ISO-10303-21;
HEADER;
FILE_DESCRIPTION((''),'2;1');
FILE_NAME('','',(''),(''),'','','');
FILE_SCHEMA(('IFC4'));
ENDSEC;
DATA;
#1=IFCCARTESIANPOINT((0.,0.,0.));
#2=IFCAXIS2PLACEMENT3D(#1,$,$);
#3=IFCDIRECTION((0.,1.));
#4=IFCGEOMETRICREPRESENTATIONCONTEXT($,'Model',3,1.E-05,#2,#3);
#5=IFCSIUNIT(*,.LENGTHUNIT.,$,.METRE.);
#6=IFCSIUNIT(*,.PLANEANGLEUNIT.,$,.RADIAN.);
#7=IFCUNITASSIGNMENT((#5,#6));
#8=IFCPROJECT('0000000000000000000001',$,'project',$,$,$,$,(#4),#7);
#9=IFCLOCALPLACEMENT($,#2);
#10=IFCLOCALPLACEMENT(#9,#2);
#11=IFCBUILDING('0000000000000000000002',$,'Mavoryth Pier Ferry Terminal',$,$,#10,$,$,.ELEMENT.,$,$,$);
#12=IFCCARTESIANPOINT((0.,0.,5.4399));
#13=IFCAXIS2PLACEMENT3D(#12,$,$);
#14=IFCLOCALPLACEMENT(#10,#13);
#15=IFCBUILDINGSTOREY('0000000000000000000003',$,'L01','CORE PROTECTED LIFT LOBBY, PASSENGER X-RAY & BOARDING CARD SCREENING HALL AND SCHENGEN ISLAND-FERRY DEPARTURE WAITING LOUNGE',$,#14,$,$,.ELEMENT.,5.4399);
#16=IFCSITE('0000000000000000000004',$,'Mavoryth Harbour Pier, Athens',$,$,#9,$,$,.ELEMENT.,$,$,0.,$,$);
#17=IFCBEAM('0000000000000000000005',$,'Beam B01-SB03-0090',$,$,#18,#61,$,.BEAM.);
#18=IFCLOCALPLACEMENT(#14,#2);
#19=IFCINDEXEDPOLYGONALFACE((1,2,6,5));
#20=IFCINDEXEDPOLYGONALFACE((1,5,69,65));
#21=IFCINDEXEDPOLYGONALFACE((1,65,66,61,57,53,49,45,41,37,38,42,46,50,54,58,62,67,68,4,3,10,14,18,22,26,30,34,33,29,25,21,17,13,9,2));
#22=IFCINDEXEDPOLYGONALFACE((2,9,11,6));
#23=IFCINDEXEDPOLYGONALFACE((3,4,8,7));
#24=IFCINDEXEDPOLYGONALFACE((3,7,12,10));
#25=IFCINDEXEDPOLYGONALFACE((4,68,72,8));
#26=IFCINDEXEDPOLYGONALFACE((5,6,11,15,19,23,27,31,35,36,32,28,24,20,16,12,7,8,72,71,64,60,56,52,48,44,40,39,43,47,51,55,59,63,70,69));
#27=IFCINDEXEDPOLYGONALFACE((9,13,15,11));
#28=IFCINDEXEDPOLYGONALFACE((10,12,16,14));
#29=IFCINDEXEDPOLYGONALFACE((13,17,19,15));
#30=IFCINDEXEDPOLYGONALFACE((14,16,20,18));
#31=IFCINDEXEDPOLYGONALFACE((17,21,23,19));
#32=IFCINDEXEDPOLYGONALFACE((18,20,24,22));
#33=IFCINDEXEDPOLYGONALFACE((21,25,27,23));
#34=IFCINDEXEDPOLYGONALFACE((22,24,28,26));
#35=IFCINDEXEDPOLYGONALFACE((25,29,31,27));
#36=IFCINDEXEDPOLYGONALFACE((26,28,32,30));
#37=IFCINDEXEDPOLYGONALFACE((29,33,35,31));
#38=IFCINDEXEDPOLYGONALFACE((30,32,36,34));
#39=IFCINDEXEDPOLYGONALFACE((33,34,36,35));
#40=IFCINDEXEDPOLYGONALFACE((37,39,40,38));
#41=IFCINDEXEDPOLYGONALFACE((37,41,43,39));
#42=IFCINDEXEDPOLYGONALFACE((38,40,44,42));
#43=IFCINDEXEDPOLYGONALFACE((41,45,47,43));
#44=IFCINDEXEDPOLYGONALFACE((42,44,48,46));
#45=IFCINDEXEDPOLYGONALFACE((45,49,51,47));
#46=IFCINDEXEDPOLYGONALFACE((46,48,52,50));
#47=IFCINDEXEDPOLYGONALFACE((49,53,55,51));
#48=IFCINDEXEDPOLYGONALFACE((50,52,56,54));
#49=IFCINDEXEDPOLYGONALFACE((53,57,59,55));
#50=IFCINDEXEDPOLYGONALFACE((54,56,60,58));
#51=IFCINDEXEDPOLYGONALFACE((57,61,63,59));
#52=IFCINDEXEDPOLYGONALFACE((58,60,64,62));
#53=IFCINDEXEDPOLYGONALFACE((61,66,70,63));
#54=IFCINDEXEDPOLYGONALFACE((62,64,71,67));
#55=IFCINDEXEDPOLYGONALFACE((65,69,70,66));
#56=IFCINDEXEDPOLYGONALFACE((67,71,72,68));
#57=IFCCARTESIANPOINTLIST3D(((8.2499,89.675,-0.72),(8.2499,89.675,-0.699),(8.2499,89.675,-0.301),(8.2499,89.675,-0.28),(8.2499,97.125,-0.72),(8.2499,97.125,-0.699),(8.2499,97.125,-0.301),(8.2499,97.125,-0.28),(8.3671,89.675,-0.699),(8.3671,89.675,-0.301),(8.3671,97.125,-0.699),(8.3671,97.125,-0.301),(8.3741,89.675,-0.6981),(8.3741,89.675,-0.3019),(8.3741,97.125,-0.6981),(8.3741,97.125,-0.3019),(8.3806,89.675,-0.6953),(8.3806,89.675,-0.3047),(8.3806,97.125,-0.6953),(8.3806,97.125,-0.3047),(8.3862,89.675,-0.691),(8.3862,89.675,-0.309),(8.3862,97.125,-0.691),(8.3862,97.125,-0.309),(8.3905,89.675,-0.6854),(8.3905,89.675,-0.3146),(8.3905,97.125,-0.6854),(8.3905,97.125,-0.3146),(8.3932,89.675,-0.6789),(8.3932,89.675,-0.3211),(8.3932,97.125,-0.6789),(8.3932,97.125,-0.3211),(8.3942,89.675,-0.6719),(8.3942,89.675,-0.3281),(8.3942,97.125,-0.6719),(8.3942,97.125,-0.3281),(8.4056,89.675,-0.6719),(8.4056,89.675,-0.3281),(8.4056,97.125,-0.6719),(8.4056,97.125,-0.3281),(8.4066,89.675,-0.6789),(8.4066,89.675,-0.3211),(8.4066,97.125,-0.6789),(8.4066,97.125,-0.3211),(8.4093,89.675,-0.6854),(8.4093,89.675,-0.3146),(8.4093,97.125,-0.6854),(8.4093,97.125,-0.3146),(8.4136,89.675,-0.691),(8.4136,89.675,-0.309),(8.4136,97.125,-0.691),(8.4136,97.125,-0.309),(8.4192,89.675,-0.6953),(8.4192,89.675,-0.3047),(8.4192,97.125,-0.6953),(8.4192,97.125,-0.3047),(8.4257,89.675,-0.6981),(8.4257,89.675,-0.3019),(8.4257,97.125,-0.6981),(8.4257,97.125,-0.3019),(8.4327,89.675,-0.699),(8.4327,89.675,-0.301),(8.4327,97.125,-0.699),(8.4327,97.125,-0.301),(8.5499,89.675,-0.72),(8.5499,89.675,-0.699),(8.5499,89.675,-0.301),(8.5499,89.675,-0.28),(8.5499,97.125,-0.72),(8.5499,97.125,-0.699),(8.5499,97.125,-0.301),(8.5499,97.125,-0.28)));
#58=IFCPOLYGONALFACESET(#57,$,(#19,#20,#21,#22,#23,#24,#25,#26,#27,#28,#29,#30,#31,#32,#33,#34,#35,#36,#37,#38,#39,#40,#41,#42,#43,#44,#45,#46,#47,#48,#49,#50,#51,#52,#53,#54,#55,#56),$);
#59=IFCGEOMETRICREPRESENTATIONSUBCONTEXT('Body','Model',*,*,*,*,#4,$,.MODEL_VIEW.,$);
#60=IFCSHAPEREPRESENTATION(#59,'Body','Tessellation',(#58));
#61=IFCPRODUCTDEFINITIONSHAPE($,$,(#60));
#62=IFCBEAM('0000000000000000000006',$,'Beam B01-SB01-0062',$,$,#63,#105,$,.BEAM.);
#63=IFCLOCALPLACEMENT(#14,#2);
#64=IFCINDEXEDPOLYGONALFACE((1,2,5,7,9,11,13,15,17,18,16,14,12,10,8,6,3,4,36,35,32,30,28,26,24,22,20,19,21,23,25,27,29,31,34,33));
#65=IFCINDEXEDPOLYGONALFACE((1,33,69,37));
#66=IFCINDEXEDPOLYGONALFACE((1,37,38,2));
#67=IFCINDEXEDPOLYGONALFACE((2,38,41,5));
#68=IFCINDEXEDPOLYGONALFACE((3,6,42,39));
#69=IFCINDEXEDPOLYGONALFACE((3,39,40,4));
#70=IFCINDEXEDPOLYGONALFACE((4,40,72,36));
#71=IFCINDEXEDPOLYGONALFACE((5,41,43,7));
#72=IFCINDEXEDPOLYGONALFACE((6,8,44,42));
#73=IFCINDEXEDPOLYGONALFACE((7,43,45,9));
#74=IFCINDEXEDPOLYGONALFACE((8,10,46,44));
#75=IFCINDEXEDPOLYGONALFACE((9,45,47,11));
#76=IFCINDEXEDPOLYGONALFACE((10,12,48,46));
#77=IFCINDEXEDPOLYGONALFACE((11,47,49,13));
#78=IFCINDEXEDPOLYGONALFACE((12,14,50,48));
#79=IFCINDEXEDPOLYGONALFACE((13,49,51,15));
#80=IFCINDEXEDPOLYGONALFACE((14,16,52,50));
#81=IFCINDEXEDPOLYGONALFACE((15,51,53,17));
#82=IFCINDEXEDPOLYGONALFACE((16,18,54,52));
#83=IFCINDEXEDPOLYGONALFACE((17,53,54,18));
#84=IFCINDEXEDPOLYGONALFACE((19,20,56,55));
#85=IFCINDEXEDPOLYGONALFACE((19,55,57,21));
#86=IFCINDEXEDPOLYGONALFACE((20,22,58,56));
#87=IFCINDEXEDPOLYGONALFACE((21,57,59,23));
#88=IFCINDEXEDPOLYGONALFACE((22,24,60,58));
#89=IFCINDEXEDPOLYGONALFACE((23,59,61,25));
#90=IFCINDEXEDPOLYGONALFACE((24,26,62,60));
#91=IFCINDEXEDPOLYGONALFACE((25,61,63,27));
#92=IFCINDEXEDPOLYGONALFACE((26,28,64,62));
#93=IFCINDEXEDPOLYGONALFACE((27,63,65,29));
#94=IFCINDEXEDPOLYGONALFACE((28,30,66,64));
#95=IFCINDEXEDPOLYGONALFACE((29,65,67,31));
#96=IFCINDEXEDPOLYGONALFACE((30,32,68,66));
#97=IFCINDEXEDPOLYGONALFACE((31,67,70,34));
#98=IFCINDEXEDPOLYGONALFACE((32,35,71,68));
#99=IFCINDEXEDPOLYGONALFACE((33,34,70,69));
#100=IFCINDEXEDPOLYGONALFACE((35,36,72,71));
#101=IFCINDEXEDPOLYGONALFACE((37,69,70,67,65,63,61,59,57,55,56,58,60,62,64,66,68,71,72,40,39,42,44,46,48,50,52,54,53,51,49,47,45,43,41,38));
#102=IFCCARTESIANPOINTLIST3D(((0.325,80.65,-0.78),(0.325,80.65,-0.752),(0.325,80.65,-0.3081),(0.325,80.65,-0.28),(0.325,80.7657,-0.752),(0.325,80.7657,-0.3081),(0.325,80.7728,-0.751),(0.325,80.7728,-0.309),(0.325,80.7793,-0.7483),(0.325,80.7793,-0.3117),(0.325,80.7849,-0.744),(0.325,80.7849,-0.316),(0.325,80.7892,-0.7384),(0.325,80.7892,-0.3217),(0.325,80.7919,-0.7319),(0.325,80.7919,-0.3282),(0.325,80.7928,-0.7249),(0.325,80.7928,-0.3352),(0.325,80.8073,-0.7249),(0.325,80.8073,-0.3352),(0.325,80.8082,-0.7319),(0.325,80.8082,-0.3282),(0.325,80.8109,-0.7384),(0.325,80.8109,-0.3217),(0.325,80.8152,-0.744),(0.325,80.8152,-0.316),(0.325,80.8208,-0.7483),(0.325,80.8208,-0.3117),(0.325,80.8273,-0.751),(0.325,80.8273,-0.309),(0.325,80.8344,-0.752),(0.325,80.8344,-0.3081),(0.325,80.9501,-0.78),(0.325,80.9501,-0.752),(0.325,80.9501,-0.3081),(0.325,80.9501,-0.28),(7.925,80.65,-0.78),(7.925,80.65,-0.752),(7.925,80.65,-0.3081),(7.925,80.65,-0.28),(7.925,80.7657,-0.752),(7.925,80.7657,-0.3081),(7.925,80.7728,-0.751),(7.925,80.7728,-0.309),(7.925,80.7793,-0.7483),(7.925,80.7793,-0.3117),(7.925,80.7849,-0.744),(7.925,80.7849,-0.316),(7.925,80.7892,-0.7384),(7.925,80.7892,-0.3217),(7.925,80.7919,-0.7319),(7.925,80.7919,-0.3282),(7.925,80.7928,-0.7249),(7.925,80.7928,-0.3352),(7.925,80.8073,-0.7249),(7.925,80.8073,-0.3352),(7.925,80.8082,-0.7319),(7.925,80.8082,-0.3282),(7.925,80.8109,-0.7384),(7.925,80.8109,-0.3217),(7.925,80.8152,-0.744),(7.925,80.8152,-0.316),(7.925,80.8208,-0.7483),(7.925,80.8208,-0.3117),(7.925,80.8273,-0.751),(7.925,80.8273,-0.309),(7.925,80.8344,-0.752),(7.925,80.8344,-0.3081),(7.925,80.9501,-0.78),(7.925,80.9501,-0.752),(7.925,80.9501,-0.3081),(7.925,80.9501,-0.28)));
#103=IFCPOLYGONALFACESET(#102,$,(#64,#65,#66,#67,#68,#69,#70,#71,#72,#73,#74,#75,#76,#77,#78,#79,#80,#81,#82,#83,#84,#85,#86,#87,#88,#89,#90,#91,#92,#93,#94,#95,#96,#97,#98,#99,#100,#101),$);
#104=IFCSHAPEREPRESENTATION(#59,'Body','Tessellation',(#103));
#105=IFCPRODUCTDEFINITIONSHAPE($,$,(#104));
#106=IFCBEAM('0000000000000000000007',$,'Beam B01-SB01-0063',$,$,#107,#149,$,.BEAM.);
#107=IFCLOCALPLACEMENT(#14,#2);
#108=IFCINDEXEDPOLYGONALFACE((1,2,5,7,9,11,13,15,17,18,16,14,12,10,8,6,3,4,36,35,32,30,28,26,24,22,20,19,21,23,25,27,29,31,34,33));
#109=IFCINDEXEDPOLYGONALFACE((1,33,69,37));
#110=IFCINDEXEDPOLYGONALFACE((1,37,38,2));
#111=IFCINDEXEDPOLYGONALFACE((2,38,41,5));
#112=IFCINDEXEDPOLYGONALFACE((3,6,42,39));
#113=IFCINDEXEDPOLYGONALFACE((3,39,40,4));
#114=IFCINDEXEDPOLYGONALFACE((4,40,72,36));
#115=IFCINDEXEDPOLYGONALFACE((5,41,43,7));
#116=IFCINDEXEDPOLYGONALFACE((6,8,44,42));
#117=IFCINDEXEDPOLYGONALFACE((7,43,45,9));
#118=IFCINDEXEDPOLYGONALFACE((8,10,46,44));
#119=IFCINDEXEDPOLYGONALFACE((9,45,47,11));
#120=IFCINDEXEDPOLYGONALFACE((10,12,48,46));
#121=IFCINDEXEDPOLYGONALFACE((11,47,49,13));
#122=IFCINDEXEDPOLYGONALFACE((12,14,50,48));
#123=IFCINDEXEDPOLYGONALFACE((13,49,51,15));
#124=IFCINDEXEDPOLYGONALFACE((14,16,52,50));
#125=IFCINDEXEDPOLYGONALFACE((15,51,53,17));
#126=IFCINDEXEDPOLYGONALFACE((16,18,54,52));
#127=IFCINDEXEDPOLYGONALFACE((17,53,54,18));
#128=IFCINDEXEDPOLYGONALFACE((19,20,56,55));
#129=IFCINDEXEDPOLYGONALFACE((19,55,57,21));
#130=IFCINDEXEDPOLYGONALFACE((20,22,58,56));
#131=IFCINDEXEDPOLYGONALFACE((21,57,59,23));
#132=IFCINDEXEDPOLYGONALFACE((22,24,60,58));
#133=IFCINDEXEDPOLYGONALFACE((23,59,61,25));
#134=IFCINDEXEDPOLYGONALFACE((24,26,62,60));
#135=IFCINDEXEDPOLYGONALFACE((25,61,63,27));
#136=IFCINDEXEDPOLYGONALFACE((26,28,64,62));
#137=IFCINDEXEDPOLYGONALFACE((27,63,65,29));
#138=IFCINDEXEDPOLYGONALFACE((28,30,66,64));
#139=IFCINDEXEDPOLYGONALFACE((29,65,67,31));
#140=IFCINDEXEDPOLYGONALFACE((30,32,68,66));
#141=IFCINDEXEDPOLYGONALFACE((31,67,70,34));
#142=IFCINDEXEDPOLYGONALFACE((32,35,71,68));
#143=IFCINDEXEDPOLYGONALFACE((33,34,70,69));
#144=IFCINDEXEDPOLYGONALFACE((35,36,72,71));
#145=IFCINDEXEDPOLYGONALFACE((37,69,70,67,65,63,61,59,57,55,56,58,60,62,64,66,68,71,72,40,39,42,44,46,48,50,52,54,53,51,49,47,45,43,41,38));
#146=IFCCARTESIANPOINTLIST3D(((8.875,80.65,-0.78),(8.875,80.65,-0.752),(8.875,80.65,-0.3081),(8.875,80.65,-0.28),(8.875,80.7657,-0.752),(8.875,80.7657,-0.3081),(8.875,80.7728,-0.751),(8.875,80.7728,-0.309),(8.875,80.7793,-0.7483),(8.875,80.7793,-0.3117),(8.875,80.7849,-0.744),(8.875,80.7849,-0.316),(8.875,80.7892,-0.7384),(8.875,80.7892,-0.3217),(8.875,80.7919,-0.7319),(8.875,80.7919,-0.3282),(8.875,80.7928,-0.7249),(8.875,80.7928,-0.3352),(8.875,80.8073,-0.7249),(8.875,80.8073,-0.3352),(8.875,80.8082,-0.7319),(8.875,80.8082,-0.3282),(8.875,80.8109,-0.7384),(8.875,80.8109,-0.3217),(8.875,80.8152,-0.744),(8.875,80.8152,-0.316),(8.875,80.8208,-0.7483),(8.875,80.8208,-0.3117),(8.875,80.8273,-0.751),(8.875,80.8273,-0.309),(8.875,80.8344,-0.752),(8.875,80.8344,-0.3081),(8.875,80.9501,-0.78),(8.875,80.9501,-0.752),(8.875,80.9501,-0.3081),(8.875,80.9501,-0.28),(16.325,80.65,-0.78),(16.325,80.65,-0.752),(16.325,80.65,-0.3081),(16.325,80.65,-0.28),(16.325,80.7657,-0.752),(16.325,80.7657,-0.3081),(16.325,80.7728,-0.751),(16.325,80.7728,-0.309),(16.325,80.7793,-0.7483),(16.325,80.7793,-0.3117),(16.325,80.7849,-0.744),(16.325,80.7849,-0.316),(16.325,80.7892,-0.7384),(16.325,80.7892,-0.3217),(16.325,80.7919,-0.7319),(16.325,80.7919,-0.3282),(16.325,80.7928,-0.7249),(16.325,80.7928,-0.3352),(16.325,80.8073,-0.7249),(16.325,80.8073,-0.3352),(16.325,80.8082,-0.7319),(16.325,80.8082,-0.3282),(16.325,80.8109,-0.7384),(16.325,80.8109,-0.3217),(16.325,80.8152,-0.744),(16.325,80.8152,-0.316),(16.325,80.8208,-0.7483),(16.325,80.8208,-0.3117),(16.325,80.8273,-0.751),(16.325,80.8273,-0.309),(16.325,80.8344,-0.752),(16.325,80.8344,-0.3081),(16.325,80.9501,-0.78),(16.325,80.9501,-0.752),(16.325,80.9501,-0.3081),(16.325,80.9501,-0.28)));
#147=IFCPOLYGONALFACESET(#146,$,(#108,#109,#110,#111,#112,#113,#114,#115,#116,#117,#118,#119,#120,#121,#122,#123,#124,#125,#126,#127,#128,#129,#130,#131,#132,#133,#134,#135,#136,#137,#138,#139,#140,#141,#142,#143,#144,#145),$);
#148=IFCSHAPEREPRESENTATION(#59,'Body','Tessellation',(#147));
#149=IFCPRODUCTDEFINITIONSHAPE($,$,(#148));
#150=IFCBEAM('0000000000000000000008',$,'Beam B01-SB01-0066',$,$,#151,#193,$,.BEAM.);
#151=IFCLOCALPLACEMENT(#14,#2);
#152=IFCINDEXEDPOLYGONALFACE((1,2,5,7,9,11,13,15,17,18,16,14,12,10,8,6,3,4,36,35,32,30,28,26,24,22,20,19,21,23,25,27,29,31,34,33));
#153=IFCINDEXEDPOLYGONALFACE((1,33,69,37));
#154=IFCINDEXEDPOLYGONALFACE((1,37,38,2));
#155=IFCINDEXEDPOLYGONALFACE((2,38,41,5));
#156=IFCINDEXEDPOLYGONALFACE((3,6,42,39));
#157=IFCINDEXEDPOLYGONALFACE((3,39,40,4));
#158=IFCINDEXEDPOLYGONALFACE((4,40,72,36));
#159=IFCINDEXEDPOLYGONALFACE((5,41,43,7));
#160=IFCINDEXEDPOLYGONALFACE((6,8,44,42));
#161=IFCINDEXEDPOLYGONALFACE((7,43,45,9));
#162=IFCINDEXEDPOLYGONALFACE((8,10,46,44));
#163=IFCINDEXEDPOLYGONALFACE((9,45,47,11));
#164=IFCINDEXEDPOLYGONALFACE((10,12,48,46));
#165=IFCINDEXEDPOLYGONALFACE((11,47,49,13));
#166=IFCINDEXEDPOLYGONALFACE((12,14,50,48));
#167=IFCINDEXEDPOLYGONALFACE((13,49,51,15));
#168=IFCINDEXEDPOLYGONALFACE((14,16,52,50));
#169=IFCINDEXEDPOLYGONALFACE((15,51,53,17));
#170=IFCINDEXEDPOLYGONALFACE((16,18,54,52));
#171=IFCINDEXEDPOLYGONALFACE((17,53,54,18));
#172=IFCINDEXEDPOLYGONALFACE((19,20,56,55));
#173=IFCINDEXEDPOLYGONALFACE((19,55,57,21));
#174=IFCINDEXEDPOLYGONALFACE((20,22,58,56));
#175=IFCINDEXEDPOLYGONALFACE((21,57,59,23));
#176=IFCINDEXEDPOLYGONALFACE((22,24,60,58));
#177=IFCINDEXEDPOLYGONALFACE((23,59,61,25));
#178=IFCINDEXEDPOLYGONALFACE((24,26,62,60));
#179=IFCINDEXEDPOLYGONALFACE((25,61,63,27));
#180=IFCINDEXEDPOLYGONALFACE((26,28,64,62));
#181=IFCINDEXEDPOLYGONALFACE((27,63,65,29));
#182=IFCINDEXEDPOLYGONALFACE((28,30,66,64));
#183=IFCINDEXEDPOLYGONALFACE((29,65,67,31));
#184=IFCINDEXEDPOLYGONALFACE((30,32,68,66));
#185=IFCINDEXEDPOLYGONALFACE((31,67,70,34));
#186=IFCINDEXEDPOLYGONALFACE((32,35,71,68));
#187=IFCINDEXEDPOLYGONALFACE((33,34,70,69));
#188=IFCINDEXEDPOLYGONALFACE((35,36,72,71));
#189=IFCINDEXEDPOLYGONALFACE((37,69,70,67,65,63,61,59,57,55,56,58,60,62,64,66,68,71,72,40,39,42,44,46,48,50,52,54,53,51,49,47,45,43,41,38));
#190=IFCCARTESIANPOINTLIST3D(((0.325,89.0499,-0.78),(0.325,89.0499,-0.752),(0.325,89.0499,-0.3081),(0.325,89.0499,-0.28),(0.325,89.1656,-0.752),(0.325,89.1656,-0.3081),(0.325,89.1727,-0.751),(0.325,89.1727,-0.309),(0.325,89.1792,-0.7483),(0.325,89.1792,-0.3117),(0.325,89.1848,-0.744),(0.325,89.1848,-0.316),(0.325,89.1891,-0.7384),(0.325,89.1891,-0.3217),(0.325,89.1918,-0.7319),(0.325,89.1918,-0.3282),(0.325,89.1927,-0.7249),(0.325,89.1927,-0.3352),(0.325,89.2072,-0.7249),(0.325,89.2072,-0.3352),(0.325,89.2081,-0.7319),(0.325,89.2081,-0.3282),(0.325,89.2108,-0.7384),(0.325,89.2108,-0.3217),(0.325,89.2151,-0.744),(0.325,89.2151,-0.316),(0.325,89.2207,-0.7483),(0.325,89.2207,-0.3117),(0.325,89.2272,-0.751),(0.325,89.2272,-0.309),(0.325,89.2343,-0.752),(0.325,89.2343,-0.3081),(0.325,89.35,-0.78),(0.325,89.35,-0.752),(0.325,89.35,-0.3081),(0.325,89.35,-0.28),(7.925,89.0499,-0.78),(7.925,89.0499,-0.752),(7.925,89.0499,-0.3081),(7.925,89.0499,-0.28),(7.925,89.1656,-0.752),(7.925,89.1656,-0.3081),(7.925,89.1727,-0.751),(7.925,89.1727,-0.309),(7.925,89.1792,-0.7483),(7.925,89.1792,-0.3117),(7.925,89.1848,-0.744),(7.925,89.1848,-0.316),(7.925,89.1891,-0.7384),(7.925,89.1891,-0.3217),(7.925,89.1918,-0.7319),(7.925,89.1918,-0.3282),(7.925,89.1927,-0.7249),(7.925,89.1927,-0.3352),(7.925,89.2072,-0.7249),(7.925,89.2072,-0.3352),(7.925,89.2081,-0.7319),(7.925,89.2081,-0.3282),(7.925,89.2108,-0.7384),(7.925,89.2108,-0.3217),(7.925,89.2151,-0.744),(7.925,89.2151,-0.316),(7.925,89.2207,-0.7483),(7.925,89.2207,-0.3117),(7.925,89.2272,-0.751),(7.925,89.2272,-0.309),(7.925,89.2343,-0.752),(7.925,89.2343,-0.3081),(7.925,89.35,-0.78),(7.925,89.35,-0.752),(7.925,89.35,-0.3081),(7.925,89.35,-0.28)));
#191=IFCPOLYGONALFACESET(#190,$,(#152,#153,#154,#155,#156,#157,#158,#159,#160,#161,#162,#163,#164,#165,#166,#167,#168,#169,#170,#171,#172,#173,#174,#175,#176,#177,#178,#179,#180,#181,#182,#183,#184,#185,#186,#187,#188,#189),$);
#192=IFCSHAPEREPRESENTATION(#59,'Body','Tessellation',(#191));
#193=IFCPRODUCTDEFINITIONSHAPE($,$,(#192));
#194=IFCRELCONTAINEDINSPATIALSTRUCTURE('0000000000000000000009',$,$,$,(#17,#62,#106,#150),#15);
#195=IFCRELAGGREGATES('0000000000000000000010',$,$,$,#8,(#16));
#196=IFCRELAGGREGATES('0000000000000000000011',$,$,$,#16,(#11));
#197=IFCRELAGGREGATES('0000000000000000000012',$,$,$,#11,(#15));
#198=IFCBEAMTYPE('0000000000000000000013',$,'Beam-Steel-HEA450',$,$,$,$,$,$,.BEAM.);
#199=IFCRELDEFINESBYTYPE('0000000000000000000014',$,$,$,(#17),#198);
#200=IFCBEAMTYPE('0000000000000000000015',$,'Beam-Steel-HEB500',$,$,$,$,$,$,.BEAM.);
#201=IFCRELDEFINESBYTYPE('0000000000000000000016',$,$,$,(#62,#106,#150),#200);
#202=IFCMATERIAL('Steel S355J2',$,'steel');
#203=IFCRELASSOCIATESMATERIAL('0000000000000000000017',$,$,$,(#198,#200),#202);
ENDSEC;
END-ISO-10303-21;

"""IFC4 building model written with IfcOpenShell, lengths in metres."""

from ifc_helpers import new_model, si_unit, direction, frame, origin, origin_2d, place, context, subcontext, project, spatial, i_section, extrude, material, material_profile, profile_set, type_object, element, save


model = new_model("IFC4")

# Units and contexts
model_context = context("Model", 3, precision=1e-05, world=origin(), true_north=direction((0.0, 1.0)))
body_context = subcontext(model_context, "Body", "Model", "MODEL_VIEW")
ifc_project = project(units=[si_unit("LENGTHUNIT", "METRE"), si_unit("PLANEANGLEUNIT", "RADIAN")], contexts=[model_context])

# Site, building, storey
site_placement = place(None, origin())
site = spatial("IfcSite", under=ifc_project, at=site_placement, Name="Mavoryth Harbour Pier, Athens", CompositionType="ELEMENT", RefElevation=0.0)
building_placement = place(site_placement, origin())
building = spatial("IfcBuilding", under=site, at=building_placement, Name="Mavoryth Pier Ferry Terminal", CompositionType="ELEMENT")
storey_placement = place(building_placement, frame((0.0, 0.0, 5.4399)))
storey = spatial("IfcBuildingStorey", under=building, at=storey_placement, Name="L01", Description="CORE PROTECTED LIFT LOBBY, PASSENGER X-RAY & BOARDING CARD SCREENING HALL AND SCHENGEN ISLAND-FERRY DEPARTURE WAITING LOUNGE", CompositionType="ELEMENT", Elevation=5.4399)

# Beams
ifc_material_1 = material(Name="Steel S355J2", Category="steel")
ifc_material_profile_1 = material_profile(ifc_material_1, i_section(OverallWidth=0.3, OverallDepth=0.4399, WebThickness=0.0115, FlangeThickness=0.021, FilletRadius=0.0271, at=origin_2d()), Name="HEA 450", Category="steel")
ifc_profile_set_1 = profile_set([ifc_material_profile_1], Name="Steel S355J2 - HEA 450")
beam_type_1 = type_object("IfcBeamType", Name="Beam-Steel-HEA450", PredefinedType="BEAM", material=ifc_profile_set_1)
beam_1_placement = place(storey_placement, frame((8.3999, 89.675, -0.5), z_axis=(0.0, 1.0, 0.0), x_axis=(-1.0, 0.0, 0.0)))
element("IfcBeam", 1, at=beam_1_placement, inside=storey, type_object=beam_type_1, Name="Beam B01-SB03-0090", PredefinedType="BEAM", context=body_context, shape_type="SweptSolid", body=[
    extrude(i_section(OverallWidth=0.3, OverallDepth=0.4399, WebThickness=0.0115, FlangeThickness=0.021, FilletRadius=0.0271, at=origin_2d()), origin(), (0.0, 0.0, 1.0), 7.45),
])
ifc_material_profile_2 = material_profile(ifc_material_1, i_section(OverallWidth=0.3, OverallDepth=0.5, WebThickness=0.0144, FlangeThickness=0.0281, FilletRadius=0.0271, at=origin_2d()), Name="HEB 500", Category="steel")
ifc_profile_set_2 = profile_set([ifc_material_profile_2], Name="Steel S355J2 - HEB 500")
beam_type_2 = type_object("IfcBeamType", Name="Beam-Steel-HEB500", PredefinedType="BEAM", material=ifc_profile_set_2)
beam_2_placement = place(storey_placement, frame((0.325, 80.8, -0.53), z_axis=(1.0, 0.0, 0.0), x_axis=(0.0, 1.0, 0.0)))
element("IfcBeam", 2, at=beam_2_placement, inside=storey, type_object=beam_type_2, Name="Beam B01-SB01-0062", PredefinedType="BEAM", context=body_context, shape_type="SweptSolid", body=[
    extrude(i_section(OverallWidth=0.3, OverallDepth=0.5, WebThickness=0.0144, FlangeThickness=0.0281, FilletRadius=0.0271, at=origin_2d()), origin(), (0.0, 0.0, 1.0), 7.6001),
])
beam_3_placement = place(storey_placement, frame((8.875, 80.8, -0.53), z_axis=(1.0, 0.0, 0.0), x_axis=(0.0, 1.0, 0.0)))
element("IfcBeam", 3, at=beam_3_placement, inside=storey, type_object=beam_type_2, Name="Beam B01-SB01-0063", PredefinedType="BEAM", context=body_context, shape_type="SweptSolid", body=[
    extrude(i_section(OverallWidth=0.3, OverallDepth=0.5, WebThickness=0.0144, FlangeThickness=0.0281, FilletRadius=0.0271, at=origin_2d()), origin(), (0.0, 0.0, 1.0), 7.45),
])
beam_4_placement = place(storey_placement, frame((0.325, 89.2, -0.53), z_axis=(1.0, 0.0, 0.0), x_axis=(0.0, 1.0, 0.0)))
element("IfcBeam", 4, at=beam_4_placement, inside=storey, type_object=beam_type_2, Name="Beam B01-SB01-0066", PredefinedType="BEAM", context=body_context, shape_type="SweptSolid", body=[
    extrude(i_section(OverallWidth=0.3, OverallDepth=0.5, WebThickness=0.0144, FlangeThickness=0.0281, FilletRadius=0.0271, at=origin_2d()), origin(), (0.0, 0.0, 1.0), 7.6001),
])

save(model, "model.ifc")
